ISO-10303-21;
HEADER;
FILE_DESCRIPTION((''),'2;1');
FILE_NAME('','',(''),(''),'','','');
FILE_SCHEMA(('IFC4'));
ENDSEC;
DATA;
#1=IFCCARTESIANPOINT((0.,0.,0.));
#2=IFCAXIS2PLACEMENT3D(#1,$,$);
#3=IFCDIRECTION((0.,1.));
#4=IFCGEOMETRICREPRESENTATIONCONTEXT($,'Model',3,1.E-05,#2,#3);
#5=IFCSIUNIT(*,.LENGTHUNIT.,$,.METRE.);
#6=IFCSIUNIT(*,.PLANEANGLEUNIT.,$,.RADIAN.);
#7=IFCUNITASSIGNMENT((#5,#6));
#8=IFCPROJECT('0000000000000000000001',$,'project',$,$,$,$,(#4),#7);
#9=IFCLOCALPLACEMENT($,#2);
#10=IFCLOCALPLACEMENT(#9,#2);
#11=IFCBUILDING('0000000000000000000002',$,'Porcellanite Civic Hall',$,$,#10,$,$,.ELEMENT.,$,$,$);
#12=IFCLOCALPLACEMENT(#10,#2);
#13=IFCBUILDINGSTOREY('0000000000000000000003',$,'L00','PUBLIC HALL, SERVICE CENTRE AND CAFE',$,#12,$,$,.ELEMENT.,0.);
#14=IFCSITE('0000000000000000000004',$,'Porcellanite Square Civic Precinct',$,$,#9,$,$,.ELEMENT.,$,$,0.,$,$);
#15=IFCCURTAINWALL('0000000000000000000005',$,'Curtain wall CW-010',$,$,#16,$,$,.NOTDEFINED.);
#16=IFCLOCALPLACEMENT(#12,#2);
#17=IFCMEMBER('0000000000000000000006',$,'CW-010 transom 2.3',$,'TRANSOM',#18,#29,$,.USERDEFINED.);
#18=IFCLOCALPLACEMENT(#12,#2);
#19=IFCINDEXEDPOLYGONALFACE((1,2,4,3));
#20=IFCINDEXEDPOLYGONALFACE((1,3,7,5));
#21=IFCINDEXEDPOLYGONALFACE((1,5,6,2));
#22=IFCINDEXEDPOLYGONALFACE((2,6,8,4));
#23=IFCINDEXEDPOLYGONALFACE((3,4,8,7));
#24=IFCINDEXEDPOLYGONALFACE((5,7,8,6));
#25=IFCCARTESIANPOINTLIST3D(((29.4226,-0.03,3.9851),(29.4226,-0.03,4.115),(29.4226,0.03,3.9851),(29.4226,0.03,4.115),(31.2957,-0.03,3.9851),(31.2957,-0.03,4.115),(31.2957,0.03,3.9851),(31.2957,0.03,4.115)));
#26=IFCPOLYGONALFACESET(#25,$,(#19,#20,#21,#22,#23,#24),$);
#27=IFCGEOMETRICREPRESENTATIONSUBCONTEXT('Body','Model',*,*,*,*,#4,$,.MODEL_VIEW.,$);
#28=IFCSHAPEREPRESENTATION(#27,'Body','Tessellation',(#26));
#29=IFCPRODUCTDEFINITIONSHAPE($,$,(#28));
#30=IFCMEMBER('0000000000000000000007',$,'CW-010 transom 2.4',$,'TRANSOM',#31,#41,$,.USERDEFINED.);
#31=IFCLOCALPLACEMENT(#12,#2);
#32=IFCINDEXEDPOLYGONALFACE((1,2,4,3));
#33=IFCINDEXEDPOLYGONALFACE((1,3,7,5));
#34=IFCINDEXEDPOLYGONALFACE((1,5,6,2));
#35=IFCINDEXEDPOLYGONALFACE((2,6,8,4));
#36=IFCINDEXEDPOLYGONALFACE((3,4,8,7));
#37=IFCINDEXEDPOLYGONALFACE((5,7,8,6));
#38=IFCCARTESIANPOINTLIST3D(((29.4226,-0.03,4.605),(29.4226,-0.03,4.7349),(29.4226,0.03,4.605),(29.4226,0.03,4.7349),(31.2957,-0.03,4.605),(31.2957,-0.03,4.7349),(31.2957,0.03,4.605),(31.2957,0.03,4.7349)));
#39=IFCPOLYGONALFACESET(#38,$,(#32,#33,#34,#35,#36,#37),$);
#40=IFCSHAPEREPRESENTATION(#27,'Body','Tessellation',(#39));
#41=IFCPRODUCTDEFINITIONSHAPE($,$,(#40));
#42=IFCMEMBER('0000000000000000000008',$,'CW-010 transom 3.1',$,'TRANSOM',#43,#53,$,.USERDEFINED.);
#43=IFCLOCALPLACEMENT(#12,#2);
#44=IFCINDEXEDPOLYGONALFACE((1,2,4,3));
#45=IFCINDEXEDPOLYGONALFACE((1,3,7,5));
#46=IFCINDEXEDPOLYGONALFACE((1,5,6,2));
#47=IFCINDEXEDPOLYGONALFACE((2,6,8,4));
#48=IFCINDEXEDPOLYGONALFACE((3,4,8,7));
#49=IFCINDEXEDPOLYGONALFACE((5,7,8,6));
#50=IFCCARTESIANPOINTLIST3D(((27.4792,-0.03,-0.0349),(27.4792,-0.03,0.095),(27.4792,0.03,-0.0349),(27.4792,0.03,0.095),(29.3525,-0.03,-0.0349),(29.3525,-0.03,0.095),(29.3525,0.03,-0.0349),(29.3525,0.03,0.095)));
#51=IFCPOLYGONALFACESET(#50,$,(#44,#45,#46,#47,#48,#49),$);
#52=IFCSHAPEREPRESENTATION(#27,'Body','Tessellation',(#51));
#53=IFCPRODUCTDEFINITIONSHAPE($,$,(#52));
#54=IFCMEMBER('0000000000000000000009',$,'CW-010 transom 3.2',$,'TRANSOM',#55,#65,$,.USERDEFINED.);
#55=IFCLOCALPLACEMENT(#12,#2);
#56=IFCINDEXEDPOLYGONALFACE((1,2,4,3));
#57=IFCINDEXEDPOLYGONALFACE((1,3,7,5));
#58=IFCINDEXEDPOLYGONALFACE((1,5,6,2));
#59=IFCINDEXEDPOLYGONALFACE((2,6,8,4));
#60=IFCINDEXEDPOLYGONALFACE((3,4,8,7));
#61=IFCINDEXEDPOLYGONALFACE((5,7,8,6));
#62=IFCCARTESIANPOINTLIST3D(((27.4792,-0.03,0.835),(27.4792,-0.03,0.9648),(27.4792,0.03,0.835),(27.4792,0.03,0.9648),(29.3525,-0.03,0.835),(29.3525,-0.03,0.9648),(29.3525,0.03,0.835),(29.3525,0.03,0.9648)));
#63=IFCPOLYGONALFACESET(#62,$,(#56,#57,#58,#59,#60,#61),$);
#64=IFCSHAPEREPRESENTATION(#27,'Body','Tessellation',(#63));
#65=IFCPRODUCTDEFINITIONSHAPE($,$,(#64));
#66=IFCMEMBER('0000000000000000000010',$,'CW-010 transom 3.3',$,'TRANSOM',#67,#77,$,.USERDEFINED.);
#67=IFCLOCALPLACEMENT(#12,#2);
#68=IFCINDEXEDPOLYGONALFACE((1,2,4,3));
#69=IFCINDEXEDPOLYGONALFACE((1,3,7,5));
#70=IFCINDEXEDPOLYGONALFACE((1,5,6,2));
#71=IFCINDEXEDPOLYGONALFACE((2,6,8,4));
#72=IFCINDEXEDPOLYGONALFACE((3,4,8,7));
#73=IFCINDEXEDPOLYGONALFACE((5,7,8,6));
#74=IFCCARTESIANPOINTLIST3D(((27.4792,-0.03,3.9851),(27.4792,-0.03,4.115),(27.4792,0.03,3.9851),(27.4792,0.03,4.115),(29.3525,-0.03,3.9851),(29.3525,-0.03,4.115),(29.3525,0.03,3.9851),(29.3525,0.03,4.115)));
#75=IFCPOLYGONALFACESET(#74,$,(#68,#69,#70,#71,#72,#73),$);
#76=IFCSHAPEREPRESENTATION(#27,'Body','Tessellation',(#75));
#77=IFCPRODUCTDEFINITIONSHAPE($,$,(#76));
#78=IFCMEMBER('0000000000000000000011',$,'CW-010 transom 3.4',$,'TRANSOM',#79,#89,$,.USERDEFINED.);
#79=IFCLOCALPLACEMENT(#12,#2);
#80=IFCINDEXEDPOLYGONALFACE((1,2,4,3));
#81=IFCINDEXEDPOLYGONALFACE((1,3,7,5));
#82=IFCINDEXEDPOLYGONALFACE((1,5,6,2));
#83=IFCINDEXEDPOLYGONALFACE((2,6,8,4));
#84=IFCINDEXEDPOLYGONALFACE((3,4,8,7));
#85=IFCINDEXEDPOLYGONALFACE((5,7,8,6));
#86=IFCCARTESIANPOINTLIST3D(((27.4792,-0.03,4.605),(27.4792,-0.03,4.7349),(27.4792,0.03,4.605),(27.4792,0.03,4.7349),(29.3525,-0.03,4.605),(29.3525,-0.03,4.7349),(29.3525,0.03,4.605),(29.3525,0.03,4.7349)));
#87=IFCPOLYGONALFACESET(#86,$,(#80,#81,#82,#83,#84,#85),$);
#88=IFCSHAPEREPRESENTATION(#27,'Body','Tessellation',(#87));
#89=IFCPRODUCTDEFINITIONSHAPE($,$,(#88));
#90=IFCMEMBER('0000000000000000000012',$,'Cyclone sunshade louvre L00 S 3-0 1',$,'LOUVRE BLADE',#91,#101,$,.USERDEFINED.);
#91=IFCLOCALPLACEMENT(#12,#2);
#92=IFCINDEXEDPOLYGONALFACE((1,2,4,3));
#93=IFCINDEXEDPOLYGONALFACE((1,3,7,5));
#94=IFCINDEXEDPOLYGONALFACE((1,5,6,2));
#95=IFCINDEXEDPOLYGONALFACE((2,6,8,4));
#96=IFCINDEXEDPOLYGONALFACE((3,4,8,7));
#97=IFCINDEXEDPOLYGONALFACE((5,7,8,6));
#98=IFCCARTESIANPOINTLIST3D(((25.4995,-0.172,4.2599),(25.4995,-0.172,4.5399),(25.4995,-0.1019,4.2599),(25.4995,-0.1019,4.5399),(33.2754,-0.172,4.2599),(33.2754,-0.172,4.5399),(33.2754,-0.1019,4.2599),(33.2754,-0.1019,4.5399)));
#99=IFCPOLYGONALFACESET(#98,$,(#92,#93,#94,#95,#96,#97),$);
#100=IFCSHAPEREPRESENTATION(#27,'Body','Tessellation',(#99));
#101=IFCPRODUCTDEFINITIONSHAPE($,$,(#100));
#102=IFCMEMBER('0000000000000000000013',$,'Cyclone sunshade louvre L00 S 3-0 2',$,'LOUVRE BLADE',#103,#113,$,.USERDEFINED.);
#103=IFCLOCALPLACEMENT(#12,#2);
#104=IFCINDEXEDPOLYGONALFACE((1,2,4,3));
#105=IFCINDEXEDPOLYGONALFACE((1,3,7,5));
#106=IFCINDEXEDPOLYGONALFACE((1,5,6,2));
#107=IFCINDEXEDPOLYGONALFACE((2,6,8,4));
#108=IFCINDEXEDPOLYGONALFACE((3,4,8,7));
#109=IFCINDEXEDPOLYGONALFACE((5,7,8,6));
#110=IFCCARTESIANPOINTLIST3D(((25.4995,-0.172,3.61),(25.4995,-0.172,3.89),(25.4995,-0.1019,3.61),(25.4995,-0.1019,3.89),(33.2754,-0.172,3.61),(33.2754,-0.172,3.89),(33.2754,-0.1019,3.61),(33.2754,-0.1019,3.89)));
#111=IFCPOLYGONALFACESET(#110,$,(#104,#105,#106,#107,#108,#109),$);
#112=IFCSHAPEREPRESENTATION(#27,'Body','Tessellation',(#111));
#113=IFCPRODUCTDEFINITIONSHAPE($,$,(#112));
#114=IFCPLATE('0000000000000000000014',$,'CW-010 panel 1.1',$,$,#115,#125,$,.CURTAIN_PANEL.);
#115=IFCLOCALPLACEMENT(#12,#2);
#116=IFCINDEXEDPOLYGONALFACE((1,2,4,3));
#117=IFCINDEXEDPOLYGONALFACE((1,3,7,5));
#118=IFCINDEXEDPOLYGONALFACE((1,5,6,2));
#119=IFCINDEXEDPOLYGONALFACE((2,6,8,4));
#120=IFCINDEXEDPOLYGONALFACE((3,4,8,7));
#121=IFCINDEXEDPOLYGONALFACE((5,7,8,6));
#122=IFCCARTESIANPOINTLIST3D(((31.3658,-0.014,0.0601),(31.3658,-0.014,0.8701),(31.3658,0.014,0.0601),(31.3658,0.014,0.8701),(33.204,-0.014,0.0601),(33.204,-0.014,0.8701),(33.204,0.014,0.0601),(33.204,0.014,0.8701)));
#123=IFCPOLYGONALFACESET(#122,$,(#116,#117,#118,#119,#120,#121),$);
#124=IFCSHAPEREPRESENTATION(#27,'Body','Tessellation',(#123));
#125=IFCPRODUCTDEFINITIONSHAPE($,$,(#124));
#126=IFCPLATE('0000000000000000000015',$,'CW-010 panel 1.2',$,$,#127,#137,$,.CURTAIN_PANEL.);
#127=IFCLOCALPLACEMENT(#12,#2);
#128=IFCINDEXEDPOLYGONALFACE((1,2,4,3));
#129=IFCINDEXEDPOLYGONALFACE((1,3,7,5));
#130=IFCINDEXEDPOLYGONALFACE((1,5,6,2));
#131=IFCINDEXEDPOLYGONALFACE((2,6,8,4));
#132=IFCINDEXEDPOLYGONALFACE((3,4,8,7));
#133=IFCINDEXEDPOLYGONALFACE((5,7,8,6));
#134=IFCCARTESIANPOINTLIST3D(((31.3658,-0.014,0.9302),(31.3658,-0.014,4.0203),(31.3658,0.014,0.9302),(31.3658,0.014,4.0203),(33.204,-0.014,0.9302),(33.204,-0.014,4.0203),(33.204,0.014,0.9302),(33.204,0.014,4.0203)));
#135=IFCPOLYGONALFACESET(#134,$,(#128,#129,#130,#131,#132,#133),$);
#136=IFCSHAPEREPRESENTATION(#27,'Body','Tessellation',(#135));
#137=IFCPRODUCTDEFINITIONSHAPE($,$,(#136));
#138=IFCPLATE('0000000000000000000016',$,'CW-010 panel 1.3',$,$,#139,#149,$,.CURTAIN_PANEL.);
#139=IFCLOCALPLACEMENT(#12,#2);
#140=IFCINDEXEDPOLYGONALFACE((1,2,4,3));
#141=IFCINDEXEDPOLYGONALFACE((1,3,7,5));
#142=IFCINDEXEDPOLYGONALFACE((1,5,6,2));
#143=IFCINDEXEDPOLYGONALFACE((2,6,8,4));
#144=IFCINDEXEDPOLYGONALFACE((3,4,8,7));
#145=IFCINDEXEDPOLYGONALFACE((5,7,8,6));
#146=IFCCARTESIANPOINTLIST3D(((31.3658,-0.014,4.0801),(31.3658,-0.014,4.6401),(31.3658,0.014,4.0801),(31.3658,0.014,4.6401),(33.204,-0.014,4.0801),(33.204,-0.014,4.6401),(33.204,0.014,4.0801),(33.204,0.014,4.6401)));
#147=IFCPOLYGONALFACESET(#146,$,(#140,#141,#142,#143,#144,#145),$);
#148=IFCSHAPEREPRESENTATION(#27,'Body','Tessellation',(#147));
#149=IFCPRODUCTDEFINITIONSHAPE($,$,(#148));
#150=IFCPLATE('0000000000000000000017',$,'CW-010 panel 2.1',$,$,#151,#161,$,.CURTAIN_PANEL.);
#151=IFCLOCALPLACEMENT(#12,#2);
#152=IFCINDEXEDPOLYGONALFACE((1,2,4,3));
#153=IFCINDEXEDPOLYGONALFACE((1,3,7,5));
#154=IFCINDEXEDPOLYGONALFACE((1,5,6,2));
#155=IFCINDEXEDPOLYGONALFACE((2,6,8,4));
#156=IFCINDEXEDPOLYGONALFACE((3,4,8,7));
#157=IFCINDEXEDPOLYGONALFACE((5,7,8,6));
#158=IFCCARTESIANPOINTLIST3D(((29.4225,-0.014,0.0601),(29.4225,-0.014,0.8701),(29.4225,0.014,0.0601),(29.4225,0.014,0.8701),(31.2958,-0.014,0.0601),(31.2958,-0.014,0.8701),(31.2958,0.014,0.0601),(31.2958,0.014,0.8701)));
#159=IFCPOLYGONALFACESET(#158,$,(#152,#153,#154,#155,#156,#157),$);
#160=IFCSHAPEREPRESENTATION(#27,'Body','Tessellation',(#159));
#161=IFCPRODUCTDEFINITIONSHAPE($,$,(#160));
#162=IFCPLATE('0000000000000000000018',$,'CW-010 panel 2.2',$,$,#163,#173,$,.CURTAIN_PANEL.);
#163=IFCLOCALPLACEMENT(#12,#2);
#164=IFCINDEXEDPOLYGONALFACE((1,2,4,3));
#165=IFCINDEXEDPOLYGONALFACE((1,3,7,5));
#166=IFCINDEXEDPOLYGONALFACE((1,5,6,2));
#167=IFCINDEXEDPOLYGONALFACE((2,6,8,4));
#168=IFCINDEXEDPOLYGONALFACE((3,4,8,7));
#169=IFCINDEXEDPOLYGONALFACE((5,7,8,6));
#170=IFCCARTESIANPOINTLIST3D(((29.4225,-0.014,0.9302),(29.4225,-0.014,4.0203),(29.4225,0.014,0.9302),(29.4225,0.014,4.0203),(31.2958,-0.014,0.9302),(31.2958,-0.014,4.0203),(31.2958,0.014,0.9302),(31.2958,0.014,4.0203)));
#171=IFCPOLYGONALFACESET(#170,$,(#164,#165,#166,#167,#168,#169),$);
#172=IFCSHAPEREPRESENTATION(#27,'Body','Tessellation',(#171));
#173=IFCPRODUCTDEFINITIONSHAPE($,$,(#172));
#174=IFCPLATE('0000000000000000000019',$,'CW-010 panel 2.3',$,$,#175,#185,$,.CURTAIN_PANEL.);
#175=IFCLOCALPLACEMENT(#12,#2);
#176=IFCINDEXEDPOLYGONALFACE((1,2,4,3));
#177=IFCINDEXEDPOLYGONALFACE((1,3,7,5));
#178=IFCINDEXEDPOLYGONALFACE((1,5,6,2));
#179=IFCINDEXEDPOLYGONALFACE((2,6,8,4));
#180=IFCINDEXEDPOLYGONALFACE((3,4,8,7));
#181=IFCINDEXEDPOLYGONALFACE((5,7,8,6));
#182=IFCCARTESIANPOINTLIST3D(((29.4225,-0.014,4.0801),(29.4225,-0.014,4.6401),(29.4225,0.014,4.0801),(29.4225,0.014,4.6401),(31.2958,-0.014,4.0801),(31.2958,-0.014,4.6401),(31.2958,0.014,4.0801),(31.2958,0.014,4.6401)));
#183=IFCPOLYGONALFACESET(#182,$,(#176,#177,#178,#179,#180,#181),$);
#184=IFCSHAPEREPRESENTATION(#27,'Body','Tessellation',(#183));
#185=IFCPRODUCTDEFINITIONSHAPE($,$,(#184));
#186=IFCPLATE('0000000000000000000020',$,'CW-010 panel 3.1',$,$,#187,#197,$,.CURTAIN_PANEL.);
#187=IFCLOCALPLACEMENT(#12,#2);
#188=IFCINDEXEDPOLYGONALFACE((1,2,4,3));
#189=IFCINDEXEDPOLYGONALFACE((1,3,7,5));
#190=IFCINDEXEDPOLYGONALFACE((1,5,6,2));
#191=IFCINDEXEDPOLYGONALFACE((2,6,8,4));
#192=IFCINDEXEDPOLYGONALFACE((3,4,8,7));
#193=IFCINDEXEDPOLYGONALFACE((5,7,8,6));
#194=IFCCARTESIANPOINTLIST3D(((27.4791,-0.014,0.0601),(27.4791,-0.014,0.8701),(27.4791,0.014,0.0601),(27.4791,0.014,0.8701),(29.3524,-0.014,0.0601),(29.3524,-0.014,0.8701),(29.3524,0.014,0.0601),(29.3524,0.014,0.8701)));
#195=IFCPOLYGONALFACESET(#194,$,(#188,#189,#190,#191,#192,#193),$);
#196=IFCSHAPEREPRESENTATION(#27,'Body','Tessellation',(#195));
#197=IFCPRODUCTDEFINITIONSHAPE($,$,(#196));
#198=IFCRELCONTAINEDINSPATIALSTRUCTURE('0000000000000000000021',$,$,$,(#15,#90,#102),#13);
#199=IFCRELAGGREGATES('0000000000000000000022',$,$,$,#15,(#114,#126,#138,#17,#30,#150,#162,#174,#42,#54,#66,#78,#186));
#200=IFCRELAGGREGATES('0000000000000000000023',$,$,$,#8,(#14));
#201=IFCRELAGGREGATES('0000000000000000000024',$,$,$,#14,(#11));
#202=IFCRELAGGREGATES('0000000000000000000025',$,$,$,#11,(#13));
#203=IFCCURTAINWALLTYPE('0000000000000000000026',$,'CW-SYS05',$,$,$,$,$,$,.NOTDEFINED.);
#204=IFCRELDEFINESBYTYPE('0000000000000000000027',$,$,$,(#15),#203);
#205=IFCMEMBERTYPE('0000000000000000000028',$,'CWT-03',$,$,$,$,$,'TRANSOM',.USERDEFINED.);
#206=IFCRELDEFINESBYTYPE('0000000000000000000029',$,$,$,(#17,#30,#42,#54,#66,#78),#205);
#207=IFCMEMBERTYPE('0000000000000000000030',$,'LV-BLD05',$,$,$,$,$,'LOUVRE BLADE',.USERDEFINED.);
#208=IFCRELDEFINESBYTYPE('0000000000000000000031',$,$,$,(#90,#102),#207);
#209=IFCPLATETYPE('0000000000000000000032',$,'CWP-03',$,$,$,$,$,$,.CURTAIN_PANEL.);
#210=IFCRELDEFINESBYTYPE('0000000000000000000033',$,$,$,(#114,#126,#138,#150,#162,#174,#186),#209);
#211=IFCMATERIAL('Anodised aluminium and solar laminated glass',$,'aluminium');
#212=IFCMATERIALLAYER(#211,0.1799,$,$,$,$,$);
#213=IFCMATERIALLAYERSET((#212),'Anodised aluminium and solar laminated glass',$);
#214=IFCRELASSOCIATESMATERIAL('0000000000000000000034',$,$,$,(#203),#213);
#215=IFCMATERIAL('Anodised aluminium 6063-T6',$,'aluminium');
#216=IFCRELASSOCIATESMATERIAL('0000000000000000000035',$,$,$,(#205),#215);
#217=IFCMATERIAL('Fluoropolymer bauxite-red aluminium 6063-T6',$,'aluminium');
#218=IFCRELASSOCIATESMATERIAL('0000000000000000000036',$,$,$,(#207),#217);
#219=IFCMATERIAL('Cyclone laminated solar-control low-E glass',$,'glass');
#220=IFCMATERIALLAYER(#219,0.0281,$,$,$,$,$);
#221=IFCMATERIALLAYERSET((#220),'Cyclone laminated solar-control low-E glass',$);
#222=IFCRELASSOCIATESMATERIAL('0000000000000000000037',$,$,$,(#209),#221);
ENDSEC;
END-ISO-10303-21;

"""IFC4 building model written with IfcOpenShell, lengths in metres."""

from ifc_helpers import new_model, si_unit, direction, frame, origin, origin_2d, place, context, subcontext, project, spatial, rectangle, extrude, material, layer, layer_set, material_profile, profile_set, type_object, element, aggregate, save


model = new_model("IFC4")

# Units and contexts
model_context = context("Model", 3, precision=1e-05, world=origin(), true_north=direction((0.0, 1.0)))
body_context = subcontext(model_context, "Body", "Model", "MODEL_VIEW")
ifc_project = project(units=[si_unit("LENGTHUNIT", "METRE"), si_unit("PLANEANGLEUNIT", "RADIAN")], contexts=[model_context])

# Site, building, storey
site_placement = place(None, origin())
site = spatial("IfcSite", under=ifc_project, at=site_placement, Name="Porcellanite Square Civic Precinct", CompositionType="ELEMENT", RefElevation=0.0)
building_placement = place(site_placement, origin())
building = spatial("IfcBuilding", under=site, at=building_placement, Name="Porcellanite Civic Hall", CompositionType="ELEMENT")
storey_placement = place(building_placement, origin())
storey = spatial("IfcBuildingStorey", under=building, at=storey_placement, Name="L00", Description="PUBLIC HALL, SERVICE CENTRE AND CAFE", CompositionType="ELEMENT", Elevation=0.0)

# Curtain wall
ifc_material_1 = material(Name="Anodised aluminium and solar laminated glass", Category="aluminium")
ifc_layer_1 = layer(ifc_material_1, 0.1799)
ifc_layer_set_1 = layer_set([ifc_layer_1], Name="Anodised aluminium and solar laminated glass")
curtain_wall_type = type_object("IfcCurtainWallType", Name="CW-SYS05", PredefinedType="NOTDEFINED", material=ifc_layer_set_1)
curtain_wall_1_placement = place(storey_placement, origin())
curtain_wall_1 = element("IfcCurtainWall", 1, at=curtain_wall_1_placement, inside=storey, type_object=curtain_wall_type, Name="Curtain wall CW-010", PredefinedType="NOTDEFINED")

# Members
ifc_material_2 = material(Name="Anodised aluminium 6063-T6", Category="aluminium")
ifc_material_profile_1 = material_profile(ifc_material_2, rectangle(XDim=0.0601, YDim=0.1299, at=origin_2d()), Name="AL-60x130")
ifc_profile_set_1 = profile_set([ifc_material_profile_1], Name="Anodised aluminium 6063-T6")
member_type_1 = type_object("IfcMemberType", Name="CWT-03", ElementType="TRANSOM", PredefinedType="USERDEFINED", material=ifc_profile_set_1)
member_1_placement = place(storey_placement, frame((31.2957, 0.0, 4.05), z_axis=(-1.0, 0.0, 0.0), x_axis=(0.0, -1.0, 0.0)))
member_1 = element("IfcMember", 2, at=member_1_placement, type_object=member_type_1, Name="CW-010 transom 2.3", ObjectType="TRANSOM", PredefinedType="USERDEFINED", context=body_context, shape_type="SweptSolid", body=[
    extrude(rectangle(XDim=0.0601, YDim=0.1299, at=origin_2d()), origin(), (0.0, 0.0, 1.0), 1.873),
])
member_2_placement = place(storey_placement, frame((31.2957, 0.0, 4.6699), z_axis=(-1.0, 0.0, 0.0), x_axis=(0.0, -1.0, 0.0)))
member_2 = element("IfcMember", 3, at=member_2_placement, type_object=member_type_1, Name="CW-010 transom 2.4", ObjectType="TRANSOM", PredefinedType="USERDEFINED", context=body_context, shape_type="SweptSolid", body=[
    extrude(rectangle(XDim=0.0601, YDim=0.1299, at=origin_2d()), origin(), (0.0, 0.0, 1.0), 1.873),
])
member_3_placement = place(storey_placement, frame((29.3525, 0.0, 0.03), z_axis=(-1.0, 0.0, 0.0), x_axis=(0.0, -1.0, 0.0)))
member_3 = element("IfcMember", 4, at=member_3_placement, type_object=member_type_1, Name="CW-010 transom 3.1", ObjectType="TRANSOM", PredefinedType="USERDEFINED", context=body_context, shape_type="SweptSolid", body=[
    extrude(rectangle(XDim=0.0601, YDim=0.1299, at=origin_2d()), origin(), (0.0, 0.0, 1.0), 1.8733),
])
member_4_placement = place(storey_placement, frame((29.3525, 0.0, 0.8999), z_axis=(-1.0, 0.0, 0.0), x_axis=(0.0, -1.0, 0.0)))
member_4 = element("IfcMember", 5, at=member_4_placement, type_object=member_type_1, Name="CW-010 transom 3.2", ObjectType="TRANSOM", PredefinedType="USERDEFINED", context=body_context, shape_type="SweptSolid", body=[
    extrude(rectangle(XDim=0.0601, YDim=0.1299, at=origin_2d()), origin(), (0.0, 0.0, 1.0), 1.8733),
])
member_5_placement = place(storey_placement, frame((29.3525, 0.0, 4.05), z_axis=(-1.0, 0.0, 0.0), x_axis=(0.0, -1.0, 0.0)))
member_5 = element("IfcMember", 6, at=member_5_placement, type_object=member_type_1, Name="CW-010 transom 3.3", ObjectType="TRANSOM", PredefinedType="USERDEFINED", context=body_context, shape_type="SweptSolid", body=[
    extrude(rectangle(XDim=0.0601, YDim=0.1299, at=origin_2d()), origin(), (0.0, 0.0, 1.0), 1.8733),
])
member_6_placement = place(storey_placement, frame((29.3525, 0.0, 4.6699), z_axis=(-1.0, 0.0, 0.0), x_axis=(0.0, -1.0, 0.0)))
member_6 = element("IfcMember", 7, at=member_6_placement, type_object=member_type_1, Name="CW-010 transom 3.4", ObjectType="TRANSOM", PredefinedType="USERDEFINED", context=body_context, shape_type="SweptSolid", body=[
    extrude(rectangle(XDim=0.0601, YDim=0.1299, at=origin_2d()), origin(), (0.0, 0.0, 1.0), 1.8733),
])

# Members
ifc_material_3 = material(Name="Fluoropolymer bauxite-red aluminium 6063-T6", Category="aluminium")
ifc_material_profile_2 = material_profile(ifc_material_3, rectangle(XDim=0.0701, YDim=0.28, at=origin_2d()), Name="AL-70x280")
ifc_profile_set_2 = profile_set([ifc_material_profile_2], Name="Fluoropolymer bauxite-red aluminium 6063-T6")
member_type_2 = type_object("IfcMemberType", Name="LV-BLD05", ElementType="LOUVRE BLADE", PredefinedType="USERDEFINED", material=ifc_profile_set_2)
for number, where, z_axis, x_axis, name in (
    (8, (33.2754, -0.137, 4.3999), (-1.0, 0.0, 0.0), (0.0, -1.0, 0.0), "Cyclone sunshade louvre L00 S 3-0 1"),
    (9, (33.2754, -0.137, 3.75), (-1.0, 0.0, 0.0), (0.0, -1.0, 0.0), "Cyclone sunshade louvre L00 S 3-0 2"),
):
    element("IfcMember", number, at=place(storey_placement, frame(where, z_axis=z_axis, x_axis=x_axis)), inside=storey, type_object=member_type_2, Name=name, ObjectType="LOUVRE BLADE", PredefinedType="USERDEFINED", context=body_context, shape_type="SweptSolid", body=[
        extrude(rectangle(XDim=0.0701, YDim=0.28, at=origin_2d()), origin(), (0.0, 0.0, 1.0), 7.7759),
    ])

# Plates
ifc_material_4 = material(Name="Cyclone laminated solar-control low-E glass", Category="glass")
ifc_layer_2 = layer(ifc_material_4, 0.0281)
ifc_layer_set_2 = layer_set([ifc_layer_2], Name="Cyclone laminated solar-control low-E glass")
plate_type = type_object("IfcPlateType", Name="CWP-03", PredefinedType="CURTAIN_PANEL", material=ifc_layer_set_2)
plate_1_placement = place(storey_placement, frame((32.2849, 0.0, 0.0601), z_axis=(0.0, 0.0, 1.0), x_axis=(-1.0, 0.0, 0.0)))
plate_1 = element("IfcPlate", 10, at=plate_1_placement, type_object=plate_type, Name="CW-010 panel 1.1", PredefinedType="CURTAIN_PANEL", context=body_context, shape_type="SweptSolid", body=[
    extrude(rectangle(XDim=1.8381, YDim=0.0281, at=origin_2d()), origin(), (0.0, 0.0, 1.0), 0.8101),
])
plate_2_placement = place(storey_placement, frame((32.2849, 0.0, 0.9302), z_axis=(0.0, 0.0, 1.0), x_axis=(-1.0, 0.0, 0.0)))
plate_2 = element("IfcPlate", 11, at=plate_2_placement, type_object=plate_type, Name="CW-010 panel 1.2", PredefinedType="CURTAIN_PANEL", context=body_context, shape_type="SweptSolid", body=[
    extrude(rectangle(XDim=1.8381, YDim=0.0281, at=origin_2d()), origin(), (0.0, 0.0, 1.0), 3.0901),
])
plate_3_placement = place(storey_placement, frame((32.2849, 0.0, 4.0801), z_axis=(0.0, 0.0, 1.0), x_axis=(-1.0, 0.0, 0.0)))
plate_3 = element("IfcPlate", 12, at=plate_3_placement, type_object=plate_type, Name="CW-010 panel 1.3", PredefinedType="CURTAIN_PANEL", context=body_context, shape_type="SweptSolid", body=[
    extrude(rectangle(XDim=1.8381, YDim=0.0281, at=origin_2d()), origin(), (0.0, 0.0, 1.0), 0.5601),
])
plate_4_placement = place(storey_placement, frame((30.3591, 0.0, 0.0601), z_axis=(0.0, 0.0, 1.0), x_axis=(-1.0, 0.0, 0.0)))
plate_4 = element("IfcPlate", 13, at=plate_4_placement, type_object=plate_type, Name="CW-010 panel 2.1", PredefinedType="CURTAIN_PANEL", context=body_context, shape_type="SweptSolid", body=[
    extrude(rectangle(XDim=1.8733, YDim=0.0281, at=origin_2d()), origin(), (0.0, 0.0, 1.0), 0.8101),
])
plate_5_placement = place(storey_placement, frame((30.3591, 0.0, 0.9302), z_axis=(0.0, 0.0, 1.0), x_axis=(-1.0, 0.0, 0.0)))
plate_5 = element("IfcPlate", 14, at=plate_5_placement, type_object=plate_type, Name="CW-010 panel 2.2", PredefinedType="CURTAIN_PANEL", context=body_context, shape_type="SweptSolid", body=[
    extrude(rectangle(XDim=1.8733, YDim=0.0281, at=origin_2d()), origin(), (0.0, 0.0, 1.0), 3.0901),
])
plate_6_placement = place(storey_placement, frame((30.3591, 0.0, 4.0801), z_axis=(0.0, 0.0, 1.0), x_axis=(-1.0, 0.0, 0.0)))
plate_6 = element("IfcPlate", 15, at=plate_6_placement, type_object=plate_type, Name="CW-010 panel 2.3", PredefinedType="CURTAIN_PANEL", context=body_context, shape_type="SweptSolid", body=[
    extrude(rectangle(XDim=1.8733, YDim=0.0281, at=origin_2d()), origin(), (0.0, 0.0, 1.0), 0.5601),
])
plate_7_placement = place(storey_placement, frame((28.4158, 0.0, 0.0601), z_axis=(0.0, 0.0, 1.0), x_axis=(-1.0, 0.0, 0.0)))
plate_7 = element("IfcPlate", 16, at=plate_7_placement, type_object=plate_type, Name="CW-010 panel 3.1", PredefinedType="CURTAIN_PANEL", context=body_context, shape_type="SweptSolid", body=[
    extrude(rectangle(XDim=1.8733, YDim=0.0281, at=origin_2d()), origin(), (0.0, 0.0, 1.0), 0.8101),
])
aggregate(curtain_wall_1, [plate_1, plate_2, plate_3, member_1, member_2, plate_4, plate_5, plate_6, member_3, member_4, member_5, member_6, plate_7])

save(model, "model.ifc")
